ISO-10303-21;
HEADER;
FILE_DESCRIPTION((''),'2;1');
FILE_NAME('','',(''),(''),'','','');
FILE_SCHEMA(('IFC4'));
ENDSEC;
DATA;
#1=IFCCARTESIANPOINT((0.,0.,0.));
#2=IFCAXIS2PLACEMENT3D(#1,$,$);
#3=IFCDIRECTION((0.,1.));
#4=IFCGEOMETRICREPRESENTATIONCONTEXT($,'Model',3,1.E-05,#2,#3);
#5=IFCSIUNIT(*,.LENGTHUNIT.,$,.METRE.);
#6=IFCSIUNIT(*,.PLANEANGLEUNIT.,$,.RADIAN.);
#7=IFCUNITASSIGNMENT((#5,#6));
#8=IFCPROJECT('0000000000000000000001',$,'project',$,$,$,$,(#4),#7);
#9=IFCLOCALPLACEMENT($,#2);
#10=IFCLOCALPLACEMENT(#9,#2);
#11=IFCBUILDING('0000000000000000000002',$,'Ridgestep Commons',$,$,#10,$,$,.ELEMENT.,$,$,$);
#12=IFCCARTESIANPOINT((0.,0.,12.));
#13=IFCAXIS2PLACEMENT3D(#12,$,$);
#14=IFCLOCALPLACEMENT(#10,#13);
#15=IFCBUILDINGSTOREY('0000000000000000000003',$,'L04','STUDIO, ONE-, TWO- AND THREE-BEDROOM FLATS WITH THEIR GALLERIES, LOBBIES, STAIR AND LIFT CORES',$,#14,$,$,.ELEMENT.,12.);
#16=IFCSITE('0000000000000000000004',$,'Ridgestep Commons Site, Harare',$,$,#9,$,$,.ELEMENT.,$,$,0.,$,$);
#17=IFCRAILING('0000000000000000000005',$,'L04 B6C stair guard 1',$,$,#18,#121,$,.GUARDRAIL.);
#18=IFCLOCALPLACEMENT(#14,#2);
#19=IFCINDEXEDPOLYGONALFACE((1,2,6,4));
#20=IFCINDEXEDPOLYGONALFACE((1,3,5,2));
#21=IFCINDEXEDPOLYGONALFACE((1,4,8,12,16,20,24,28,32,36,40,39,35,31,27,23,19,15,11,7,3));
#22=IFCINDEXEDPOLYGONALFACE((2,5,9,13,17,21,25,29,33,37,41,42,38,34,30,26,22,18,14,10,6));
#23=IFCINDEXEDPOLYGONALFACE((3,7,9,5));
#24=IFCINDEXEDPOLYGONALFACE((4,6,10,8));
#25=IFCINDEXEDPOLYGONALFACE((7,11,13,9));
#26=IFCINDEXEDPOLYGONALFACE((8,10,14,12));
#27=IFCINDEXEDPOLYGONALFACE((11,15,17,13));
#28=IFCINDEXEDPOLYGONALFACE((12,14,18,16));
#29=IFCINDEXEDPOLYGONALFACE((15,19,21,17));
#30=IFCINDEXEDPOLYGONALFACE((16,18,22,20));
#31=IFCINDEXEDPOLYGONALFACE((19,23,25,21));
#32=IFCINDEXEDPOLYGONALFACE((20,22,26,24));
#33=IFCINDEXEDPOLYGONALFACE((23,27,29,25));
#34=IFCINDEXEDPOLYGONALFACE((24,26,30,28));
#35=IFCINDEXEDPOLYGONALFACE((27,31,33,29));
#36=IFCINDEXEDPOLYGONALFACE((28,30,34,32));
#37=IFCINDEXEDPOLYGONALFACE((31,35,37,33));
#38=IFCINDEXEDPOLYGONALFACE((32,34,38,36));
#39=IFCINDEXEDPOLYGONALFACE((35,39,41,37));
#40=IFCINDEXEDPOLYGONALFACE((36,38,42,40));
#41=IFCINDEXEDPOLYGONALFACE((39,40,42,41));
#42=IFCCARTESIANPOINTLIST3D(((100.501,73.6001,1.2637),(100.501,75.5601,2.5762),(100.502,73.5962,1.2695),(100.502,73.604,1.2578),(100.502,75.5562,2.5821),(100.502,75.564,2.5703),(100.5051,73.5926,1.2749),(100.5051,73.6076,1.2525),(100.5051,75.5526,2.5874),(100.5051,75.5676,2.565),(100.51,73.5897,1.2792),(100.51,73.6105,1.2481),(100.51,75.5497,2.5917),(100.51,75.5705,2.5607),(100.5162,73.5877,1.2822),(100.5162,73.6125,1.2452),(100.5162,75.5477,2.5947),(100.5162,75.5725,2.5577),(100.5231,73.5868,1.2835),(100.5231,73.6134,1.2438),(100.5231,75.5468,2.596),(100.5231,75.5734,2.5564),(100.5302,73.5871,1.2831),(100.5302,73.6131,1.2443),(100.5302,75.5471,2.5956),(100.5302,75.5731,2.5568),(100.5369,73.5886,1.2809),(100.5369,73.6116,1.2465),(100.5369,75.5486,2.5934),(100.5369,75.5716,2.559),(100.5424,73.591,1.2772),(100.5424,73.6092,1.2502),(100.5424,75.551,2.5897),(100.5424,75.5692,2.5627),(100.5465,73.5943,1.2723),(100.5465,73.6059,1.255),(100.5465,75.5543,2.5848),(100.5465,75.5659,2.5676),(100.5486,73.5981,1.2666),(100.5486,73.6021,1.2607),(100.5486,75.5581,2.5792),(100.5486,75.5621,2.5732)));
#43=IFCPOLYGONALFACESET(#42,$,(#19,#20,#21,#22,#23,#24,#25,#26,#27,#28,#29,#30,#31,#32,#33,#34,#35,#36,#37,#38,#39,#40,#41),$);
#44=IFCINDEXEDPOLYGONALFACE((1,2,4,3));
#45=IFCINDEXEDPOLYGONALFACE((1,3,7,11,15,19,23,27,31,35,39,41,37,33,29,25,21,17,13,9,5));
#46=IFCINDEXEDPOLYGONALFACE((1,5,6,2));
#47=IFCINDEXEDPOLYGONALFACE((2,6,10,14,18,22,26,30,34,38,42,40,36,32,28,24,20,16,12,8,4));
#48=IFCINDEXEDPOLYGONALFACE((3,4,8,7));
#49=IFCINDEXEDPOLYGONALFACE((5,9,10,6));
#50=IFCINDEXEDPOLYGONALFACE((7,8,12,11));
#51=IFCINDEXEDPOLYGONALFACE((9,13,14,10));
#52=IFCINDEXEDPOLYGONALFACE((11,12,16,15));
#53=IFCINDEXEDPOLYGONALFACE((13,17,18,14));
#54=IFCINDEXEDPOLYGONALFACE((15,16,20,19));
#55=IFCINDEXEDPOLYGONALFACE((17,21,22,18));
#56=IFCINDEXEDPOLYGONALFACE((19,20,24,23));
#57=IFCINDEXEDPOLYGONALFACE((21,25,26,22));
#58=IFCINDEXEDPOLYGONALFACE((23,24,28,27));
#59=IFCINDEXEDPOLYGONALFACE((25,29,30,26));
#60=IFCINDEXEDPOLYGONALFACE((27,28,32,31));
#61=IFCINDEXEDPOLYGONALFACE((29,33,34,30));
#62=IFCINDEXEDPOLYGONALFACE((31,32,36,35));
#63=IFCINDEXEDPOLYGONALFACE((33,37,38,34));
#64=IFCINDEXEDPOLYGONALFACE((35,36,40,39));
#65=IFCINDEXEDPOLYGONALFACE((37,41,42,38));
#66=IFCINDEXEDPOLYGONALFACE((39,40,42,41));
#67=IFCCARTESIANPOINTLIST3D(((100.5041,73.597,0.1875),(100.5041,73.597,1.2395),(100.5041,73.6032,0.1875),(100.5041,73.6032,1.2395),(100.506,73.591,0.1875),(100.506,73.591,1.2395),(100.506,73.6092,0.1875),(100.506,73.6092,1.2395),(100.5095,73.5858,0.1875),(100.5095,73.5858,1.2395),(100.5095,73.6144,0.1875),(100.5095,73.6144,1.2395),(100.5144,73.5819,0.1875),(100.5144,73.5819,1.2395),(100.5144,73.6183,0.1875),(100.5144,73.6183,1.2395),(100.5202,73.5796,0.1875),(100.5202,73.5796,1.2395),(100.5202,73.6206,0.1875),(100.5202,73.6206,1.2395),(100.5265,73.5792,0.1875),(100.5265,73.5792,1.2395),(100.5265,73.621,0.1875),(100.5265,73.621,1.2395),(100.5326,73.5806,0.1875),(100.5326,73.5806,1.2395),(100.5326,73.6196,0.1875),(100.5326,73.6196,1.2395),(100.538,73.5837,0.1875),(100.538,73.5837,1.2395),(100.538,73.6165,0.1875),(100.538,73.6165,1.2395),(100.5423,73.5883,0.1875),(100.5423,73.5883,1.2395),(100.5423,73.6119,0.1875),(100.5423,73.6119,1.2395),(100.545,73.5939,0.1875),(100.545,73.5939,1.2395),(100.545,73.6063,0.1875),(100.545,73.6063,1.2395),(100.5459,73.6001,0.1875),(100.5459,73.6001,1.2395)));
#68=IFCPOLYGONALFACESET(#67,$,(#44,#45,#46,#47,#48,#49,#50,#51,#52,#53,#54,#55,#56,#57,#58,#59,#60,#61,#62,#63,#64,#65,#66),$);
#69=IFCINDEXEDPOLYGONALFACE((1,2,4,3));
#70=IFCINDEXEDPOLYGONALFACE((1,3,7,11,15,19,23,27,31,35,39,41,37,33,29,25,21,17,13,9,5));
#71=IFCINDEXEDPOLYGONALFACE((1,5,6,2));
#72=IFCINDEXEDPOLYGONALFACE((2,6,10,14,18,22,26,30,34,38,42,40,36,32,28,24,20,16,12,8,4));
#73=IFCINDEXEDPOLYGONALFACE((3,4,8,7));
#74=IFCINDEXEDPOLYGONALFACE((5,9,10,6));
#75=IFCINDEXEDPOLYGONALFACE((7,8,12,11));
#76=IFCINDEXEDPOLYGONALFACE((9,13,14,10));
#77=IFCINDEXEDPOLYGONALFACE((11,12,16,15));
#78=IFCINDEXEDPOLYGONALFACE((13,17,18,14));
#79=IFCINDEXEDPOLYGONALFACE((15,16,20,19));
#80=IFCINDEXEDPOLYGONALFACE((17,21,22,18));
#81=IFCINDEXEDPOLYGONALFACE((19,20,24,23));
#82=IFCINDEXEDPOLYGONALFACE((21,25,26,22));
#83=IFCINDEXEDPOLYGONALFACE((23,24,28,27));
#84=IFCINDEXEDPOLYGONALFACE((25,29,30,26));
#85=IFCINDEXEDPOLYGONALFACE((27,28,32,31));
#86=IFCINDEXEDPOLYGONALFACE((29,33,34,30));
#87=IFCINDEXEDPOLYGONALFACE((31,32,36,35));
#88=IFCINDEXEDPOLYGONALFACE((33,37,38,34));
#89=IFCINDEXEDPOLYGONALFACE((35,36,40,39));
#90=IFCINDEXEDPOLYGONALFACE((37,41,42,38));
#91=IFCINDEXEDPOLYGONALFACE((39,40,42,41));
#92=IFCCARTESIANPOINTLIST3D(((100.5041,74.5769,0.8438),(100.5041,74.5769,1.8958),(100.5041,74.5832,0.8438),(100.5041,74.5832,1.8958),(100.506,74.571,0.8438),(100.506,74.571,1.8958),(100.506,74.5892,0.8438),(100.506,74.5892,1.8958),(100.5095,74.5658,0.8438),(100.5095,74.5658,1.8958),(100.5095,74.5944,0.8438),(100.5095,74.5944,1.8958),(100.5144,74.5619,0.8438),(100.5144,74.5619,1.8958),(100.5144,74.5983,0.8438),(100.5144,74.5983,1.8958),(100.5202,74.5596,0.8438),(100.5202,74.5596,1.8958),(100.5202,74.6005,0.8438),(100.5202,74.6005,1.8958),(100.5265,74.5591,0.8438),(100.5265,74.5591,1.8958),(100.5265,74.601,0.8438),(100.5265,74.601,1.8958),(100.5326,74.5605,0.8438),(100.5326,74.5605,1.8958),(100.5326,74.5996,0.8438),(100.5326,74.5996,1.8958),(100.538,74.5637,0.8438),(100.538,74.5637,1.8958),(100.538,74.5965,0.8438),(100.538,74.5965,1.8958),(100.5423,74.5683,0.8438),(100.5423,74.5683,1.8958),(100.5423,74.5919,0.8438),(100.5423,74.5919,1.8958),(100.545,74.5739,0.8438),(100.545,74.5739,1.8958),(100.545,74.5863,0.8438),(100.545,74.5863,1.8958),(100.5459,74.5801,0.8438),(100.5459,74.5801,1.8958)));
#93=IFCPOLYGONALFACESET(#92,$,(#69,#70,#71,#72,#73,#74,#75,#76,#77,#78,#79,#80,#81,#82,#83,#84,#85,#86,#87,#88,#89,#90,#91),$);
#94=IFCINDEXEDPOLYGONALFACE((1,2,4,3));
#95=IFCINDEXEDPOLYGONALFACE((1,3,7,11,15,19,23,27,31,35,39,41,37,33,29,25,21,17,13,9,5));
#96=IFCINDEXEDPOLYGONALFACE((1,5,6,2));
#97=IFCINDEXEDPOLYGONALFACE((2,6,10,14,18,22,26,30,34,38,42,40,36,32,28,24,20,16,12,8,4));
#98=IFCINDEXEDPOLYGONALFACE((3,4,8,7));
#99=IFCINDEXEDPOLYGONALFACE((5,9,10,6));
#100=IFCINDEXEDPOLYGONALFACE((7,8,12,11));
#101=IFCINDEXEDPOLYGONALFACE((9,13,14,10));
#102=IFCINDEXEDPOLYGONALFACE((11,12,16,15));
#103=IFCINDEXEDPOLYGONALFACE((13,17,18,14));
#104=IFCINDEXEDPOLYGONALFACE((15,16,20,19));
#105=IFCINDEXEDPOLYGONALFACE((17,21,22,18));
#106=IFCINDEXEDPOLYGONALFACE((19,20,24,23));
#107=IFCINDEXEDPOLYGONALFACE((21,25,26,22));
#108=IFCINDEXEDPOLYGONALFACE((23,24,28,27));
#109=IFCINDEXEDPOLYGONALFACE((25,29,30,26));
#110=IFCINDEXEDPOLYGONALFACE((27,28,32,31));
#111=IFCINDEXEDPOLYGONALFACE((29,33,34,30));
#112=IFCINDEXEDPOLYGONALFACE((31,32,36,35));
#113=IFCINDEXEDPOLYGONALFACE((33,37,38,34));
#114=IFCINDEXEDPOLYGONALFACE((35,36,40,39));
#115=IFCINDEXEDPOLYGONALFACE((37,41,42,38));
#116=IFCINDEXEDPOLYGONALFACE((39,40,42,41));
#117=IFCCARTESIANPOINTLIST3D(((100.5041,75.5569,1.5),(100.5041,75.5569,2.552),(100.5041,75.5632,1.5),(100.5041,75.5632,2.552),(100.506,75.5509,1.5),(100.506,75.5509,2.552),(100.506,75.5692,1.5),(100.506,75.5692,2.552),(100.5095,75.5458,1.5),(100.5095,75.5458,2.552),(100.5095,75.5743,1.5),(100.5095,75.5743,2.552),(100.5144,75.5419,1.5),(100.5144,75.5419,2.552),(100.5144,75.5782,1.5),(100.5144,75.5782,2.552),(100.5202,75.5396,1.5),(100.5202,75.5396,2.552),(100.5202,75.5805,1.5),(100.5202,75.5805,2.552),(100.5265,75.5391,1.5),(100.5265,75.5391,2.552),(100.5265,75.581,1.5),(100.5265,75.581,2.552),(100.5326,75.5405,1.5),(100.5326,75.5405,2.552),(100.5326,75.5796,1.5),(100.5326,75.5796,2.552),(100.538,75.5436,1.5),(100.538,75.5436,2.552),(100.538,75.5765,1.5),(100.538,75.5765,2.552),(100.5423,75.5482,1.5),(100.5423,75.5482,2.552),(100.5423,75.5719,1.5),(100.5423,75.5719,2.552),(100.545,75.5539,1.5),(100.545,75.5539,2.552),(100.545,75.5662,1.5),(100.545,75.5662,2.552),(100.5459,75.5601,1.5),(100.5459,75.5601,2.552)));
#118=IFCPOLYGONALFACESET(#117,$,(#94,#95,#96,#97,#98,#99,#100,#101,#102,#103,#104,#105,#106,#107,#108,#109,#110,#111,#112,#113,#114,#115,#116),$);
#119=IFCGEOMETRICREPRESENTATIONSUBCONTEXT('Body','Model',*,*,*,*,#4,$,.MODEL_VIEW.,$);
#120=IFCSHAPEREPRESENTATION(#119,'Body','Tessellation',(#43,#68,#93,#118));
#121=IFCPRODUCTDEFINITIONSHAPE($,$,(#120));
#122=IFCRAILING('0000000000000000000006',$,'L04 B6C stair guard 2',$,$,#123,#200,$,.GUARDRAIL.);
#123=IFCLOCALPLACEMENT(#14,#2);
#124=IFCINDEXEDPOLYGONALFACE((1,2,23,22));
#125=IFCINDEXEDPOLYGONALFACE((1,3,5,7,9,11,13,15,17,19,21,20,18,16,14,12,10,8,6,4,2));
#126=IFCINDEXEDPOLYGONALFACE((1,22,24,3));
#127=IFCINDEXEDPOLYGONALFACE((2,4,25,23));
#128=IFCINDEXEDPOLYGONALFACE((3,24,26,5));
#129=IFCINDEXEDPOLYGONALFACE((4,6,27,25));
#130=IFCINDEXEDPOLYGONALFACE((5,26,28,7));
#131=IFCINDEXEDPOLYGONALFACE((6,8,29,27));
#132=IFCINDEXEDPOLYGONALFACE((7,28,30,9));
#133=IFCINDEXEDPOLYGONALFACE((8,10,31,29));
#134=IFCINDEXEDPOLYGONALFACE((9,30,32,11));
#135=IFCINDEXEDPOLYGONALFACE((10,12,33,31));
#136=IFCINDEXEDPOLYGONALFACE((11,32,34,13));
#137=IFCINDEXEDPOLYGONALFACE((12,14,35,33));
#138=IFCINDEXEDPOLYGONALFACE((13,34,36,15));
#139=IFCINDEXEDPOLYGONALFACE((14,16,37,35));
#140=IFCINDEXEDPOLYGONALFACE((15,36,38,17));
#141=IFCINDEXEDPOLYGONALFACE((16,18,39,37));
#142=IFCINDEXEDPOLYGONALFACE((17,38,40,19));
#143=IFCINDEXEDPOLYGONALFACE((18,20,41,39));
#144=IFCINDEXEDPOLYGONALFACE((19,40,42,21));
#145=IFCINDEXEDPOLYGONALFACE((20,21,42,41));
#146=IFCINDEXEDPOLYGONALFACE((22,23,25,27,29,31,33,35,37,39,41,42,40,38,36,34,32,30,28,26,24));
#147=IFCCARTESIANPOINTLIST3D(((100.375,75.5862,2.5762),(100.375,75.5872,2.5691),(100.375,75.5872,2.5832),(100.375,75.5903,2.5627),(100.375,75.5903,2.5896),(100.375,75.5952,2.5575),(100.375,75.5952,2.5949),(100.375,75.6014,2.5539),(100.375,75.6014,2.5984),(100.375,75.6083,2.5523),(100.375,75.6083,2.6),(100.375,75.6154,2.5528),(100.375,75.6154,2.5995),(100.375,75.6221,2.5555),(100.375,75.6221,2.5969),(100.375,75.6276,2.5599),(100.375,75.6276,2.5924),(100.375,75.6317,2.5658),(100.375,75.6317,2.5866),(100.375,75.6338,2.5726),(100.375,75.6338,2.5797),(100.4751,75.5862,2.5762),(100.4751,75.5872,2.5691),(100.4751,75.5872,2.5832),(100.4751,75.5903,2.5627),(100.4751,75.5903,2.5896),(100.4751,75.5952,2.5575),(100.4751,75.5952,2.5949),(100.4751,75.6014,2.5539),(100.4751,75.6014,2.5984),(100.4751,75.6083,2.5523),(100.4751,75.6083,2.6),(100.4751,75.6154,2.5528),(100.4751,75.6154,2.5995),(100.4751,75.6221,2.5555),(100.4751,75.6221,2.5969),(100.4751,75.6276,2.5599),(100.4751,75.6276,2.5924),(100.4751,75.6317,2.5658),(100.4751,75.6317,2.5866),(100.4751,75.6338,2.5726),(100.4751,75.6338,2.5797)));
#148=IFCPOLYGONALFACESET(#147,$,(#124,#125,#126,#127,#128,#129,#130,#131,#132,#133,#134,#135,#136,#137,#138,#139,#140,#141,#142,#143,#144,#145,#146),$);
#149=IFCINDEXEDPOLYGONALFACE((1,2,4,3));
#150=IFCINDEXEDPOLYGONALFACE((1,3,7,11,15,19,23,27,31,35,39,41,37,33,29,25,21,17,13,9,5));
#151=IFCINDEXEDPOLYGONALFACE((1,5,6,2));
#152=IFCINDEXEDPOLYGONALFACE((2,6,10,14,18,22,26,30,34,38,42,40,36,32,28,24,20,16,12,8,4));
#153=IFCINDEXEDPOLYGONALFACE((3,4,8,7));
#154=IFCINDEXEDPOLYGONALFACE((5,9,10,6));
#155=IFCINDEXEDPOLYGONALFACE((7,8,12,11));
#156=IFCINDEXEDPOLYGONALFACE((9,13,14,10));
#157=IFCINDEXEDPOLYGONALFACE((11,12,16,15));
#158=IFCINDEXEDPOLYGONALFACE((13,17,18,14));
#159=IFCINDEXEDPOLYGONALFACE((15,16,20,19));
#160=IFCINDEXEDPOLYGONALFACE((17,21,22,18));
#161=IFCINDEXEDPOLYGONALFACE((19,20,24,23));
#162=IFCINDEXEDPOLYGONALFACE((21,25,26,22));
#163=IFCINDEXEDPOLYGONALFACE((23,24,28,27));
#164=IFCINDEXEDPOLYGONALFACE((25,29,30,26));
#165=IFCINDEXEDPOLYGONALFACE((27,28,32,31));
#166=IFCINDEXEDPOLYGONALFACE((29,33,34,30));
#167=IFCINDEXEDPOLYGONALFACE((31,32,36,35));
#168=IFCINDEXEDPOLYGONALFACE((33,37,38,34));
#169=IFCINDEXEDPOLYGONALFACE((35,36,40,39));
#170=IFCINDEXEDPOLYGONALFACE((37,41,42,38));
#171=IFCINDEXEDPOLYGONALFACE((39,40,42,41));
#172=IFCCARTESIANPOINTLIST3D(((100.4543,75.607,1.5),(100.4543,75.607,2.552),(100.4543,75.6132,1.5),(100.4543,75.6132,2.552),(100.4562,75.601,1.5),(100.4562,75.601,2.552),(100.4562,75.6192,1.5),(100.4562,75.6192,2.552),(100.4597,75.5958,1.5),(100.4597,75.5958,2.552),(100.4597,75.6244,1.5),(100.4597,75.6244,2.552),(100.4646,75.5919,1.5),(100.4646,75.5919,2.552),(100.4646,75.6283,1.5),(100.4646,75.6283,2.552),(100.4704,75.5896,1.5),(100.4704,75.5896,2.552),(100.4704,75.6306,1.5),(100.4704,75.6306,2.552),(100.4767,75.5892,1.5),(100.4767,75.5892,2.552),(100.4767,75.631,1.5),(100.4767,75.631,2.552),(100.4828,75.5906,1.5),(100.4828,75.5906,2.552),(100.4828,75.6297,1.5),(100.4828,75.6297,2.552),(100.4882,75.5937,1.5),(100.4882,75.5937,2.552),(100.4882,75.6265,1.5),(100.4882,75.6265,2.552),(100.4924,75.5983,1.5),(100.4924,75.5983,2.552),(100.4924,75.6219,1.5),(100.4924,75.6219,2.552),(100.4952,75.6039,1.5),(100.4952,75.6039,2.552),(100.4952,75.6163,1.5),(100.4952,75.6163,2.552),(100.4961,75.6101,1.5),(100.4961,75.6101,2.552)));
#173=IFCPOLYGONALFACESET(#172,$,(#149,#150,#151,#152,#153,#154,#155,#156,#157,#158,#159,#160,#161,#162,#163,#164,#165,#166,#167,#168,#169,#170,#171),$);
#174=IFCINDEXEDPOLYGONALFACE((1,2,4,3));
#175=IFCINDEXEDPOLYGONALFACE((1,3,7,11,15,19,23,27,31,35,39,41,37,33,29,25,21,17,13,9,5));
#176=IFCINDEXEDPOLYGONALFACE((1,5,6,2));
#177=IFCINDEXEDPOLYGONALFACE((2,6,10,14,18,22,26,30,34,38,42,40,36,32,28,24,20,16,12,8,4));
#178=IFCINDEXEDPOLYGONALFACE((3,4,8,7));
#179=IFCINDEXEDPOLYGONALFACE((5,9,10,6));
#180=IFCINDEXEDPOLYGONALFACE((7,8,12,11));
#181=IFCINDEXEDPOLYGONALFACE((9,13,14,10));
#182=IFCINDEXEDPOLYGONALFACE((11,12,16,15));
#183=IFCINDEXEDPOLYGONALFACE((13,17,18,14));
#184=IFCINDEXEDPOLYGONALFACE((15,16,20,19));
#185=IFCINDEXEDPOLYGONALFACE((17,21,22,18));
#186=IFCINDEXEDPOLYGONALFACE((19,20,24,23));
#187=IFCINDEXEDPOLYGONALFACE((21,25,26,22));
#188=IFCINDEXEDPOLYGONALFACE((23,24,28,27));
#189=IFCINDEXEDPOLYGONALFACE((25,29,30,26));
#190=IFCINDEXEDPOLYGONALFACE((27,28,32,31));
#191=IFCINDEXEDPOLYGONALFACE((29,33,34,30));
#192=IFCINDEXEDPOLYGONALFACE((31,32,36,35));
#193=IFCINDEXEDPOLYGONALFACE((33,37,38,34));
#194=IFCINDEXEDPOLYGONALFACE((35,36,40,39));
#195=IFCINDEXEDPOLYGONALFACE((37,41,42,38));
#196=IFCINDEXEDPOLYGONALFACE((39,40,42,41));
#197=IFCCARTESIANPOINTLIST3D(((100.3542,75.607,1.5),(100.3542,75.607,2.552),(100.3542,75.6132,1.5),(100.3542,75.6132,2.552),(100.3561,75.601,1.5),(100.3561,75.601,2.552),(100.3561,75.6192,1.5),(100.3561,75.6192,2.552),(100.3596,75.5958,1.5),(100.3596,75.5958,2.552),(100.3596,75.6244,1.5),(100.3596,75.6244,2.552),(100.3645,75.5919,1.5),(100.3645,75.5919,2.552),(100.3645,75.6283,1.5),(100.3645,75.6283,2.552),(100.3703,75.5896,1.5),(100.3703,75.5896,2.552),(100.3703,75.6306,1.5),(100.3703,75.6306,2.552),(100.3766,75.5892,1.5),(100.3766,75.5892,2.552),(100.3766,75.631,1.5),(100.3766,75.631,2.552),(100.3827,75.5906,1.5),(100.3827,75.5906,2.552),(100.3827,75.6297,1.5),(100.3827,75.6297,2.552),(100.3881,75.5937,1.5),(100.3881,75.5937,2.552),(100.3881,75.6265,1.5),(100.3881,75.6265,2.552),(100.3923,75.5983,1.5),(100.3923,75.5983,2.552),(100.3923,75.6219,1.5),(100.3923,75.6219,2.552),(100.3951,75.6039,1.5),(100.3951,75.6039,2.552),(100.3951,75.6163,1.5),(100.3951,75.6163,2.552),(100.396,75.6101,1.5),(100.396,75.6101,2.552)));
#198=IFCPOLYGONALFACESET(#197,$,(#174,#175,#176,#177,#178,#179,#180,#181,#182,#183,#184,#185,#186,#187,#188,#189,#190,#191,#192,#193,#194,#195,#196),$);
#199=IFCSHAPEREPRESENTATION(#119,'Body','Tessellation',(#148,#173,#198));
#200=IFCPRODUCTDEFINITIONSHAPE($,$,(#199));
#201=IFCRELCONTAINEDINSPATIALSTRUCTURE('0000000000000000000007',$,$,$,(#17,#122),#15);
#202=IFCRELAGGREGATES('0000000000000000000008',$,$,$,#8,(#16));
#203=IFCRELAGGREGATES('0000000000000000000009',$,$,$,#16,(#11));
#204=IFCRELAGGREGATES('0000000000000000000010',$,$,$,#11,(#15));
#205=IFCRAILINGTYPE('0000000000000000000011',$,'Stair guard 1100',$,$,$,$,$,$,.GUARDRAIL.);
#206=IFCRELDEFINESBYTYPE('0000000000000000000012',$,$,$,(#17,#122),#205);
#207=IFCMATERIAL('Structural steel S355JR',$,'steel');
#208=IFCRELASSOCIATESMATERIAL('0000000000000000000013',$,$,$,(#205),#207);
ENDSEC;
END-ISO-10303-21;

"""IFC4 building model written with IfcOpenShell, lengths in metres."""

from ifc_helpers import new_model, si_unit, direction, frame, origin, origin_2d, place, context, subcontext, project, spatial, circle, extrude, material, type_object, element, save


model = new_model("IFC4")

# Units and contexts
model_context = context("Model", 3, precision=1e-05, world=origin(), true_north=direction((0.0, 1.0)))
body_context = subcontext(model_context, "Body", "Model", "MODEL_VIEW")
ifc_project = project(units=[si_unit("LENGTHUNIT", "METRE"), si_unit("PLANEANGLEUNIT", "RADIAN")], contexts=[model_context])

# Site, building, storey
site_placement = place(None, origin())
site = spatial("IfcSite", under=ifc_project, at=site_placement, Name="Ridgestep Commons Site, Harare", CompositionType="ELEMENT", RefElevation=0.0)
building_placement = place(site_placement, origin())
building = spatial("IfcBuilding", under=site, at=building_placement, Name="Ridgestep Commons", CompositionType="ELEMENT")
storey_placement = place(building_placement, frame((0.0, 0.0, 12.0)))
storey = spatial("IfcBuildingStorey", under=building, at=storey_placement, Name="L04", Description="STUDIO, ONE-, TWO- AND THREE-BEDROOM FLATS WITH THEIR GALLERIES, LOBBIES, STAIR AND LIFT CORES", CompositionType="ELEMENT", Elevation=12.0)

# Railings
ifc_material_1 = material(Name="Structural steel S355JR", Category="steel")
railing_type_1 = type_object("IfcRailingType", Name="Stair guard 1100", PredefinedType="GUARDRAIL", material=ifc_material_1)
railing_1_placement = place(storey_placement, frame((100.5249, 73.6001, 0.1875)))
element("IfcRailing", 1, at=railing_1_placement, inside=storey, type_object=railing_type_1, Name="L04 B6C stair guard 1", PredefinedType="GUARDRAIL", context=body_context, shape_type="SweptSolid", body=[
    extrude(circle(Radius=0.0239, at=origin_2d()), frame((0.0, 0.0, 1.0762), z_axis=(0.0, 0.830902, 0.556419), x_axis=(-1.0, 0.0, 0.0)), (0.0, 0.0, 1.0), 2.3589),
    extrude(circle(Radius=0.021, at=origin_2d()), origin(), (0.0, 0.0, 1.0), 1.052),
    extrude(circle(Radius=0.021, at=origin_2d()), frame((0.0, 0.98, 0.6562)), (0.0, 0.0, 1.0), 1.052),
    extrude(circle(Radius=0.021, at=origin_2d()), frame((0.0, 1.96, 1.3125)), (0.0, 0.0, 1.0), 1.052),
])
for number, where, name in (
    (2, (100.4751, 75.6101, 1.5), "L04 B6C stair guard 2"),
):
    element("IfcRailing", number, at=place(storey_placement, frame(where)), inside=storey, type_object=railing_type_1, Name=name, PredefinedType="GUARDRAIL", context=body_context, shape_type="SweptSolid", body=[
        extrude(circle(Radius=0.0239, at=origin_2d()), frame((0.0, 0.0, 1.0762), z_axis=(-1.0, 0.0, 0.0), x_axis=(0.0, -1.0, 0.0)), (0.0, 0.0, 1.0), 0.1001),
        extrude(circle(Radius=0.021, at=origin_2d()), origin(), (0.0, 0.0, 1.0), 1.052),
        extrude(circle(Radius=0.021, at=origin_2d()), frame((-0.1001, 0.0, 0.0)), (0.0, 0.0, 1.0), 1.052),
    ])

save(model, "model.ifc")
